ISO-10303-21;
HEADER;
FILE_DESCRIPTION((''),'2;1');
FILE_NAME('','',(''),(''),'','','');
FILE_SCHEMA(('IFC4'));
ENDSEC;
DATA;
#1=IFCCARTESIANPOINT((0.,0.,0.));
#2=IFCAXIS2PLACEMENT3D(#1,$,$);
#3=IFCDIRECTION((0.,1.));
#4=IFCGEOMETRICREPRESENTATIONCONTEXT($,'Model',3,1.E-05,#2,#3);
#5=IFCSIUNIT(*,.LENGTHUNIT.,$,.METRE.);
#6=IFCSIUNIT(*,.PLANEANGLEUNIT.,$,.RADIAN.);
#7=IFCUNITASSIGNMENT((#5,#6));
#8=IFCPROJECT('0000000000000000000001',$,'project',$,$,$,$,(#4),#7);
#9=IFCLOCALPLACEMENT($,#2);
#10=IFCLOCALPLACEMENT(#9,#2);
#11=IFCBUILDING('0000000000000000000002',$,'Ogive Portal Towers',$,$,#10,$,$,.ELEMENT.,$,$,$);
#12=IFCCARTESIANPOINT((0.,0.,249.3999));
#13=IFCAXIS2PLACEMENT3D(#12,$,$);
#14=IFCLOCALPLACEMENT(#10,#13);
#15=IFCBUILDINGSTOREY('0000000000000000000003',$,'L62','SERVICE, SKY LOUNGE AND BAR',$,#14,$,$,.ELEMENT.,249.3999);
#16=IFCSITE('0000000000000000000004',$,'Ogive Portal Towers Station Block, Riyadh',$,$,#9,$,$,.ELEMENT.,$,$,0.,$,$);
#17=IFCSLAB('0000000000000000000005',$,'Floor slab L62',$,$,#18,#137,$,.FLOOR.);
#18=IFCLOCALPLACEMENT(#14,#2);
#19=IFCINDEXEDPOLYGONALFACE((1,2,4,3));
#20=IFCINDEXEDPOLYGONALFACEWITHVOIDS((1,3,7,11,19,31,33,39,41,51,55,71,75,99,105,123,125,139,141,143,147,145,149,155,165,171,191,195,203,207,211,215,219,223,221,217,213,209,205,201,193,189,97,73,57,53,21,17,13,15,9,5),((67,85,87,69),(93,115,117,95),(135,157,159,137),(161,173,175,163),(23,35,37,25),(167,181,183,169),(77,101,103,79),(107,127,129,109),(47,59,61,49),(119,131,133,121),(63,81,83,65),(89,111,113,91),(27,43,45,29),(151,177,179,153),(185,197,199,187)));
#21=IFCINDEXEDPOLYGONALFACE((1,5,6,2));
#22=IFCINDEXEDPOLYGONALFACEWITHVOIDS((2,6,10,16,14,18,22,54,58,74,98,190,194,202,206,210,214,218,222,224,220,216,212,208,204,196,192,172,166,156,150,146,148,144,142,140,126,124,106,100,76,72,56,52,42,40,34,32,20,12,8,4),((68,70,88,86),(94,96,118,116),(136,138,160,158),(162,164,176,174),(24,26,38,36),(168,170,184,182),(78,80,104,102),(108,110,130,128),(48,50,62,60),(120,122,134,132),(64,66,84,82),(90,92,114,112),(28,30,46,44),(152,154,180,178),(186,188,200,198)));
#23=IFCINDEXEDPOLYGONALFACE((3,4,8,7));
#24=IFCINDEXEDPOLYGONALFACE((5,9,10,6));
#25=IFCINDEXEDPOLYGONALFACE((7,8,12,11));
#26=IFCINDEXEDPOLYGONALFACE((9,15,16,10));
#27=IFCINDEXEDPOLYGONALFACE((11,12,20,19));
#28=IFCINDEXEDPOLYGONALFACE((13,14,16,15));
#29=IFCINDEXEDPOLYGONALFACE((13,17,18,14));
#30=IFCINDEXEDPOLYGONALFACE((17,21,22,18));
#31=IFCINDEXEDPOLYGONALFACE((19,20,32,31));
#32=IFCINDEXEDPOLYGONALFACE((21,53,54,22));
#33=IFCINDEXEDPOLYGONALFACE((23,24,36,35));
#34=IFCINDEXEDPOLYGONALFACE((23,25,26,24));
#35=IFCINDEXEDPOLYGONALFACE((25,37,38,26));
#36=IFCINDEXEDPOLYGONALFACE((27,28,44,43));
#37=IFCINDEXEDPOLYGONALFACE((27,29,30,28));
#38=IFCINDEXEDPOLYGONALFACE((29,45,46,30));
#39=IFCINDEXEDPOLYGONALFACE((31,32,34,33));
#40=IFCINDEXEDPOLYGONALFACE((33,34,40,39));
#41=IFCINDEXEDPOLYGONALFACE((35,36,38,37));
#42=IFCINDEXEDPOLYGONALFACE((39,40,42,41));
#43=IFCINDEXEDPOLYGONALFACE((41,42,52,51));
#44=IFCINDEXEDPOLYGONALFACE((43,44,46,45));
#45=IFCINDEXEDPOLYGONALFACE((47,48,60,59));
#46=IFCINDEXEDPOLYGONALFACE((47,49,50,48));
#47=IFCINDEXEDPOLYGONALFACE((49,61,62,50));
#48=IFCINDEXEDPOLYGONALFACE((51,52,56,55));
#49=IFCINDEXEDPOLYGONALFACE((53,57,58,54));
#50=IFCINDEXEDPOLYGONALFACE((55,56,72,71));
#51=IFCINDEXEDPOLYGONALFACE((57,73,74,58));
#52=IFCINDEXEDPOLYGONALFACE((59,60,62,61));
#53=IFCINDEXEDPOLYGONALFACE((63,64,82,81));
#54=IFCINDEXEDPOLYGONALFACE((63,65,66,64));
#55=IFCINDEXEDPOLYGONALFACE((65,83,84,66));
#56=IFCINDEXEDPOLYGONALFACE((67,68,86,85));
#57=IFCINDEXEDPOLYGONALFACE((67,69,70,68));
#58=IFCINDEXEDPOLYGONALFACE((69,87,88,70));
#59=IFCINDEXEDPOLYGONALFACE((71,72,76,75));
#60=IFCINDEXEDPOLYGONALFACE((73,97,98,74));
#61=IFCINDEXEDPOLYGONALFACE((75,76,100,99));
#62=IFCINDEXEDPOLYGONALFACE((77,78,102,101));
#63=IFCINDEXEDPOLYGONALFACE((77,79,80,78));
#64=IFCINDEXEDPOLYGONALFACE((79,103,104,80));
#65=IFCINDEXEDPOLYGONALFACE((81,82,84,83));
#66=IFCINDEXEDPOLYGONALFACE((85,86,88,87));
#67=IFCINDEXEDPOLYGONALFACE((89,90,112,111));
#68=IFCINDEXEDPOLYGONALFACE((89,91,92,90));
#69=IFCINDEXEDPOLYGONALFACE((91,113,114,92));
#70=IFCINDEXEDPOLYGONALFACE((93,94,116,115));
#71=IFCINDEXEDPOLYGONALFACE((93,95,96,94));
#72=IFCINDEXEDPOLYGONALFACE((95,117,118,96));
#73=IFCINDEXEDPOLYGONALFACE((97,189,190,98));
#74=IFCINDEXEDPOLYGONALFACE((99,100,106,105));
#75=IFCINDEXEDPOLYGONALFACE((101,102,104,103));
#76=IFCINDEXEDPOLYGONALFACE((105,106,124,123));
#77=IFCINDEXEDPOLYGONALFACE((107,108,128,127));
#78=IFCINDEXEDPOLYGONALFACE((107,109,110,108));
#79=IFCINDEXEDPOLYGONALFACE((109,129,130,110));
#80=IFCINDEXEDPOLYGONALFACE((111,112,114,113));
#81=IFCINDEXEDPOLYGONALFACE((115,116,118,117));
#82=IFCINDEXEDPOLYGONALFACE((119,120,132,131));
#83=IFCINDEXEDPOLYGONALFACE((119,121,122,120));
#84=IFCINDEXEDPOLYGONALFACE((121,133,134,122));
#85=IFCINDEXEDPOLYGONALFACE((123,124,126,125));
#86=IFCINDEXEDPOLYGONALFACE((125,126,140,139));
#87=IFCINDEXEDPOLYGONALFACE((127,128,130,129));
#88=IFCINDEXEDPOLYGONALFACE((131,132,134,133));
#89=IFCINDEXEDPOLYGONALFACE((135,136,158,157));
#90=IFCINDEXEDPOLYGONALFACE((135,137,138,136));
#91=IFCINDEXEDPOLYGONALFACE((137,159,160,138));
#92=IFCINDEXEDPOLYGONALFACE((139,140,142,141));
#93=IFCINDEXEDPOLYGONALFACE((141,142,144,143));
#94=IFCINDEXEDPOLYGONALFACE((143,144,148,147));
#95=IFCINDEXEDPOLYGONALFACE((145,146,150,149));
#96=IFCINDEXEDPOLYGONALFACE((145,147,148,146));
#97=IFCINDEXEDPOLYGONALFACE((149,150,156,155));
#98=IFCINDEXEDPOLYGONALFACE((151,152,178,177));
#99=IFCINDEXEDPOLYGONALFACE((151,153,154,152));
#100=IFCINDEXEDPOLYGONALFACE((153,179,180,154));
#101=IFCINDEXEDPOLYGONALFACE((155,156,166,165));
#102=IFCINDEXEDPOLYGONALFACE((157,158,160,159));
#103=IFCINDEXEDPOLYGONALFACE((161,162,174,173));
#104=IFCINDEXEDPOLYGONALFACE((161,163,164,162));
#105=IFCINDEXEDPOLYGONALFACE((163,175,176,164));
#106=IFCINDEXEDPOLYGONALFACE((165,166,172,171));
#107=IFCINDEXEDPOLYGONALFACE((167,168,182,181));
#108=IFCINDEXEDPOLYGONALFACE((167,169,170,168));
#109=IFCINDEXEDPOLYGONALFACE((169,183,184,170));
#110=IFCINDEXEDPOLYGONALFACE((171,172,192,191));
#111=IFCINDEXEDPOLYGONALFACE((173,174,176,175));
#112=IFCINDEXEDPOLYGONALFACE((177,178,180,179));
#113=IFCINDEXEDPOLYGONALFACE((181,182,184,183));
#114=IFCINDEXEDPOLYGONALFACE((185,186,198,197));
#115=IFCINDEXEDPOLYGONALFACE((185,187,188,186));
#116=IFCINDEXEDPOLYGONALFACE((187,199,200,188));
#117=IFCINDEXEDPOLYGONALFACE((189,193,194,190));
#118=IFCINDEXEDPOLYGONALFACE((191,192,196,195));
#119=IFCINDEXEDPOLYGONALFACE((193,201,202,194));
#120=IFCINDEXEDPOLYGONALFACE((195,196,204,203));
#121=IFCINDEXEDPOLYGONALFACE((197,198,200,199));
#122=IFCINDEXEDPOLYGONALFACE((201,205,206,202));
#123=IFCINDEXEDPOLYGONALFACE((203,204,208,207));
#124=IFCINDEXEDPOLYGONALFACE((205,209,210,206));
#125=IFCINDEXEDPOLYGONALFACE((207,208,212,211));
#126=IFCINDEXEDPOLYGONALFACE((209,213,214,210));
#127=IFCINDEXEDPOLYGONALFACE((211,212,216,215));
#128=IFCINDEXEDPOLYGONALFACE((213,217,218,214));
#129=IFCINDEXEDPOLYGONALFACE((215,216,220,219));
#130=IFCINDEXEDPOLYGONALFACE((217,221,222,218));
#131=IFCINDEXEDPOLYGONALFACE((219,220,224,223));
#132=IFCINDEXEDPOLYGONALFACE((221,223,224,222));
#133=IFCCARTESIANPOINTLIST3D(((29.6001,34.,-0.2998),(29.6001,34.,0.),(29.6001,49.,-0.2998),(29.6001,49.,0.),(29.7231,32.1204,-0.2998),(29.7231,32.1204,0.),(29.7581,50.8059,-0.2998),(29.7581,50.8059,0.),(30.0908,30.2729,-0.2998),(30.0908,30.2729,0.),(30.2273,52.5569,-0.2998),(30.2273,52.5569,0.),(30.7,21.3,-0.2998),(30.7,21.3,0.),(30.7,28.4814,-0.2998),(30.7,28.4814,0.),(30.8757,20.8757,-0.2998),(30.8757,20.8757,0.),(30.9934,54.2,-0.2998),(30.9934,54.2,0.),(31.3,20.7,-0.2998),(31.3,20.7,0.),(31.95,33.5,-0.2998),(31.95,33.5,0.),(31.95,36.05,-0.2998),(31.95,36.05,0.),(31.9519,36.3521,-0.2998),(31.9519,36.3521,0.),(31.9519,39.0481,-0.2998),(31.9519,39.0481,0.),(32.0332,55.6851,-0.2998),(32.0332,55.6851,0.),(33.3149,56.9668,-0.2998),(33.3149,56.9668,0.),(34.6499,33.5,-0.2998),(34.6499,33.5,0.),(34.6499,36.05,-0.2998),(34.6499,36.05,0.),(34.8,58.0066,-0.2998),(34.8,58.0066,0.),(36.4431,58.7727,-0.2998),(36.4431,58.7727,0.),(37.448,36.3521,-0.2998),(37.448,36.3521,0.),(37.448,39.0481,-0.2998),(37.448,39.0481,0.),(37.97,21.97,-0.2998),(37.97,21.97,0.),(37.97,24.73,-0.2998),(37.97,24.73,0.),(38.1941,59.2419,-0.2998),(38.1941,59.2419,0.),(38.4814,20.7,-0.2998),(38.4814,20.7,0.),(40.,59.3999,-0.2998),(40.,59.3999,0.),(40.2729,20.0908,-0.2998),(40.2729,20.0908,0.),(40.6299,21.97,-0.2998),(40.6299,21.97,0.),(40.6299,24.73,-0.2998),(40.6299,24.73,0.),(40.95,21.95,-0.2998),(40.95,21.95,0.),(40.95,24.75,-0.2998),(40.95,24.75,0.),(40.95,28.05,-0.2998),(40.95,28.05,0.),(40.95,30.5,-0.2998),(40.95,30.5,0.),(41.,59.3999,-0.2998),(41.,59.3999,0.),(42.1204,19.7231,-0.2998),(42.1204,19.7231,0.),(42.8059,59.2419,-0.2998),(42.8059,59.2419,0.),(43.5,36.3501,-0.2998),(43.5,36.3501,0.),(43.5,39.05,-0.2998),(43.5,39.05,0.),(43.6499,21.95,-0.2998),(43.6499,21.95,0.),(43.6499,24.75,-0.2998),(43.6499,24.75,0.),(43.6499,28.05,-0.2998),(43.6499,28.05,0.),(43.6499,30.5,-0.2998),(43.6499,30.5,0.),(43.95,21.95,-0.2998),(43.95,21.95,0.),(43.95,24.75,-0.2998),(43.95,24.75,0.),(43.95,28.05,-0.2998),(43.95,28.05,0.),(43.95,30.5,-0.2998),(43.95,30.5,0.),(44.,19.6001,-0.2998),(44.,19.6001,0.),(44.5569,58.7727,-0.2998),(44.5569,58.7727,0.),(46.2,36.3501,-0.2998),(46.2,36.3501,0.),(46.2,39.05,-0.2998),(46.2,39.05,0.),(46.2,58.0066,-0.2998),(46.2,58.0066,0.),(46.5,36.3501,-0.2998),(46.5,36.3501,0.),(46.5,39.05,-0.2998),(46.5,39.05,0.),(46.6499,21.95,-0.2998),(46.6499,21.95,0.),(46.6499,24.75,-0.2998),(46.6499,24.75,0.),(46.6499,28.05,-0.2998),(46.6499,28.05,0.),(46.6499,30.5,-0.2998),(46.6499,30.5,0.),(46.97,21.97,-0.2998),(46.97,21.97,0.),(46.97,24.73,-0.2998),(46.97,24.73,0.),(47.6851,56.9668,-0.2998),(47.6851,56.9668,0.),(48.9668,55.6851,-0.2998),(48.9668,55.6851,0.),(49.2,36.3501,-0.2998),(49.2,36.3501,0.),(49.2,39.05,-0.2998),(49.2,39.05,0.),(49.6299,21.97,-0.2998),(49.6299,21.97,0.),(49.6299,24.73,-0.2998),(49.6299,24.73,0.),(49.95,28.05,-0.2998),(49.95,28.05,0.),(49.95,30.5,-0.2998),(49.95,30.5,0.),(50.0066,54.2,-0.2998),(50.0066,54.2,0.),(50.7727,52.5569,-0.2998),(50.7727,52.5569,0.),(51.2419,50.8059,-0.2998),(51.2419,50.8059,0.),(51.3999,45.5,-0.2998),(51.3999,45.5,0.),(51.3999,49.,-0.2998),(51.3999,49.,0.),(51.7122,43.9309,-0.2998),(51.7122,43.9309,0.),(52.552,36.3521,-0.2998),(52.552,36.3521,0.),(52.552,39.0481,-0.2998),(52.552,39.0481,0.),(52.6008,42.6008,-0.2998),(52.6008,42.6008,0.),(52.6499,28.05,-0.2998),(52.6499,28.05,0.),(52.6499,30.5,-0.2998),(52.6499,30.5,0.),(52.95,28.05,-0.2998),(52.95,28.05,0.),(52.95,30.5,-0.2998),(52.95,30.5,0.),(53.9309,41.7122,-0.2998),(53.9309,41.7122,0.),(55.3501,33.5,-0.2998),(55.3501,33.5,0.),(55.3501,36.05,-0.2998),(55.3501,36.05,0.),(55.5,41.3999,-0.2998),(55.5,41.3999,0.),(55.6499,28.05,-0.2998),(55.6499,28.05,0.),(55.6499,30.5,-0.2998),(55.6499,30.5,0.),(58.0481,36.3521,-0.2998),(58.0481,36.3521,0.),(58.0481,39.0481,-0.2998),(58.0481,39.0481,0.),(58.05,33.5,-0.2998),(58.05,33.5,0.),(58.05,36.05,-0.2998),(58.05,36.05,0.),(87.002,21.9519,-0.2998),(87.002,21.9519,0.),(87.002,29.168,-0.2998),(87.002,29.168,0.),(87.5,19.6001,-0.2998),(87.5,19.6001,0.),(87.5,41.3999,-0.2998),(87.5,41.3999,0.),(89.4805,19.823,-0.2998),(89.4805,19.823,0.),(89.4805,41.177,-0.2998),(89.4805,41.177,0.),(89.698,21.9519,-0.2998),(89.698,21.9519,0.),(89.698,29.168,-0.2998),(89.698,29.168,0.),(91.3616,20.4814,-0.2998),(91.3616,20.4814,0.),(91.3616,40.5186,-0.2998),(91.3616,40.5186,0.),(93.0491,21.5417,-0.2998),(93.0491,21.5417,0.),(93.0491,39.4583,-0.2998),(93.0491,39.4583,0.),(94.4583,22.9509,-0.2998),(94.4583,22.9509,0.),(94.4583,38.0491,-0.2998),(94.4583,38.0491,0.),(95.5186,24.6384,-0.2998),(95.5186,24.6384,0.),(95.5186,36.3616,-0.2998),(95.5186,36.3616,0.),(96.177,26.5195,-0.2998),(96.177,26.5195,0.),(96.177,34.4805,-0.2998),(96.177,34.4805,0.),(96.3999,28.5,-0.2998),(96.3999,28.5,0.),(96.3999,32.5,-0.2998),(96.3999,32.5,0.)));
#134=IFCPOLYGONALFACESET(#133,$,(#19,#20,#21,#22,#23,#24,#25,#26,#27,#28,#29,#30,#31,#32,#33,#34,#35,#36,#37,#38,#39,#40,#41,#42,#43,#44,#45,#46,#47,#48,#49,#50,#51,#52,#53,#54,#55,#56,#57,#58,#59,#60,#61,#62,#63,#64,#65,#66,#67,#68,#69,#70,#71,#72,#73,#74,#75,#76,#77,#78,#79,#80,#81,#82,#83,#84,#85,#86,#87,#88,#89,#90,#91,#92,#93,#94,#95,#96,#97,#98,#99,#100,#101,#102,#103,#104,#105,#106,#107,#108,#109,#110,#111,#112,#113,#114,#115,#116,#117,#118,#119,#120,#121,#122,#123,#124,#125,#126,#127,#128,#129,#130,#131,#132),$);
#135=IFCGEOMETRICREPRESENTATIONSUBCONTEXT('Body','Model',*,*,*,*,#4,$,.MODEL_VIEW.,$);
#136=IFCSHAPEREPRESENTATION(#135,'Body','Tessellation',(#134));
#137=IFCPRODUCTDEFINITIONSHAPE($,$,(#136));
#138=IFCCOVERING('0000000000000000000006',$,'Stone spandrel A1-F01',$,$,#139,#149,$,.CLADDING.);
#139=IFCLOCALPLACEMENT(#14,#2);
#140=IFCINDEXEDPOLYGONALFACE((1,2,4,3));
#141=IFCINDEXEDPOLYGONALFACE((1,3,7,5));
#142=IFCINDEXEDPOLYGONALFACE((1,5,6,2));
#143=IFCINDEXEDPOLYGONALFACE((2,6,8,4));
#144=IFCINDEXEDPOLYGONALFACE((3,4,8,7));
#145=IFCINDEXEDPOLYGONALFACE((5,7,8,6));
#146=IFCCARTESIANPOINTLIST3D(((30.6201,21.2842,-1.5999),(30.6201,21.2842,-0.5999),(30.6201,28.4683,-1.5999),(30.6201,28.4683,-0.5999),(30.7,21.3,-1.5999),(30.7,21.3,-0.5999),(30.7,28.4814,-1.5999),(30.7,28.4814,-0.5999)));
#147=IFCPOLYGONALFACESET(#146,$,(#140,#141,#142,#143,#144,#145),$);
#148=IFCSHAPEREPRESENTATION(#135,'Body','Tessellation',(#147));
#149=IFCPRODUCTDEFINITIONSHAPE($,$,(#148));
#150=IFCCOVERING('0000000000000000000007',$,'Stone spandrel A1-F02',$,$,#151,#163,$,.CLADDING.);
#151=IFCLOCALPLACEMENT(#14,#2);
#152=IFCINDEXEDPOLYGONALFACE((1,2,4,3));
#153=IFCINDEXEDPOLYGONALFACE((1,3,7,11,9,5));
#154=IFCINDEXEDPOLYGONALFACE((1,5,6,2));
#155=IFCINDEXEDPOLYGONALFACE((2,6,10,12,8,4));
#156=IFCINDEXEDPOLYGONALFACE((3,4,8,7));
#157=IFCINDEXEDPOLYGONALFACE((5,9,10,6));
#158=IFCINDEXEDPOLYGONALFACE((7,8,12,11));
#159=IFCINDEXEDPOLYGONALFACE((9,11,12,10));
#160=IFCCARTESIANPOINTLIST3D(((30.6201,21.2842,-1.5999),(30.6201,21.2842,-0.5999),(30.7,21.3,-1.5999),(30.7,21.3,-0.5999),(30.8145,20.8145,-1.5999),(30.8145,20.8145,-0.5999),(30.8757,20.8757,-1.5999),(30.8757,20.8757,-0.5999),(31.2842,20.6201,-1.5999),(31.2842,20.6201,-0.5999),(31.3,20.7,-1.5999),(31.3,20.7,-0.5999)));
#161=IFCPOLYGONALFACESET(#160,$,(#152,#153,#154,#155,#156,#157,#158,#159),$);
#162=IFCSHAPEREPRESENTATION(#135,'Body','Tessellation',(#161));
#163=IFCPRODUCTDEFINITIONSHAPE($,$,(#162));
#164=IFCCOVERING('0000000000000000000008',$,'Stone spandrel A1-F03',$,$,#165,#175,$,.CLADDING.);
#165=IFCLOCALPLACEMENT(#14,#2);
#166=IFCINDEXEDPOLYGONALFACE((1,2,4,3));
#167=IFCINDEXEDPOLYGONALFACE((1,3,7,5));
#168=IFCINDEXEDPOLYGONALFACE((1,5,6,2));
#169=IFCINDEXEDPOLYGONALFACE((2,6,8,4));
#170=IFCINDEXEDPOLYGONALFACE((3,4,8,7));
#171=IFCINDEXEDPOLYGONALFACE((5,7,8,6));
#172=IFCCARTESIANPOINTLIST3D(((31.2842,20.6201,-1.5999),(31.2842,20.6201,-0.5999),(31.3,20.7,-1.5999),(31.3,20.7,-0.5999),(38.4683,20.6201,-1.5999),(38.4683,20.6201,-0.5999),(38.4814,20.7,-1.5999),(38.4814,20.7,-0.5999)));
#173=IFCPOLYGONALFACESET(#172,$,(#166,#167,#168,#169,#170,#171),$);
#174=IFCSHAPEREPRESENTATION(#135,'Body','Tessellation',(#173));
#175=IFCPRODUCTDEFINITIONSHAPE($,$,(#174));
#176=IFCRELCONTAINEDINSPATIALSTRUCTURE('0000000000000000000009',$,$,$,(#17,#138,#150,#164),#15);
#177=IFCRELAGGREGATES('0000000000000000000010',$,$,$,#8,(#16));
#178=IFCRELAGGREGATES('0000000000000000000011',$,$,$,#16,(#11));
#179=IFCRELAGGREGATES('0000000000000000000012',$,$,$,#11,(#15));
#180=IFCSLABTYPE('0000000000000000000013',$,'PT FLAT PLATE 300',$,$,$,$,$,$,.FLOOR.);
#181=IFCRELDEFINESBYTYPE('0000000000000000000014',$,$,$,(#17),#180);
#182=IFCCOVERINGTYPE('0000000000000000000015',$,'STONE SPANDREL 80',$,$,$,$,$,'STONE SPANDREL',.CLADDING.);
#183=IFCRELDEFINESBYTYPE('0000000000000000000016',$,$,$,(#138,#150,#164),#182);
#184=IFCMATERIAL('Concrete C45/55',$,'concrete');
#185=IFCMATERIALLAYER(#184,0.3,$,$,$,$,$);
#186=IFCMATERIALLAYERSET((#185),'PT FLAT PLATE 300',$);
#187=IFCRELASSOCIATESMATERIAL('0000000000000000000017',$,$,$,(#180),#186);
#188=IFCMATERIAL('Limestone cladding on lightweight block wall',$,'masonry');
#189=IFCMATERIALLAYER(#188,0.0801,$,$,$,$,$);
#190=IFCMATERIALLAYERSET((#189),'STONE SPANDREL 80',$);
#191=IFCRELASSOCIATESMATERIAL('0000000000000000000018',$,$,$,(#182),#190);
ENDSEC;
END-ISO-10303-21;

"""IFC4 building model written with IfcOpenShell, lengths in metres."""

from ifc_helpers import new_model, si_unit, direction, frame, origin, place, context, subcontext, project, spatial, polyline, outline, extrude, material, layer, layer_set, type_object, element, save


model = new_model("IFC4")

# Units and contexts
model_context = context("Model", 3, precision=1e-05, world=origin(), true_north=direction((0.0, 1.0)))
body_context = subcontext(model_context, "Body", "Model", "MODEL_VIEW")
ifc_project = project(units=[si_unit("LENGTHUNIT", "METRE"), si_unit("PLANEANGLEUNIT", "RADIAN")], contexts=[model_context])

# Site, building, storey
site_placement = place(None, origin())
site = spatial("IfcSite", under=ifc_project, at=site_placement, Name="Ogive Portal Towers Station Block, Riyadh", CompositionType="ELEMENT", RefElevation=0.0)
building_placement = place(site_placement, origin())
building = spatial("IfcBuilding", under=site, at=building_placement, Name="Ogive Portal Towers", CompositionType="ELEMENT")
storey_placement = place(building_placement, frame((0.0, 0.0, 249.3999)))
storey = spatial("IfcBuildingStorey", under=building, at=storey_placement, Name="L62", Description="SERVICE, SKY LOUNGE AND BAR", CompositionType="ELEMENT", Elevation=249.3999)

# Slab
ifc_material_1 = material(Name="Concrete C45/55", Category="concrete")
ifc_layer_1 = layer(ifc_material_1, 0.3)
ifc_layer_set_1 = layer_set([ifc_layer_1], Name="PT FLAT PLATE 300")
slab_type = type_object("IfcSlabType", Name="PT FLAT PLATE 300", PredefinedType="FLOOR", material=ifc_layer_set_1)
slab_placement = place(storey_placement, frame((0.0, 0.0, -0.2998)))
element("IfcSlab", 1, at=slab_placement, inside=storey, type_object=slab_type, Name="Floor slab L62", PredefinedType="FLOOR", context=body_context, shape_type="SweptSolid", body=[
    extrude(outline(polyline([(29.7231, 32.1204), (30.0908, 30.2729), (30.7, 28.4814), (30.7, 21.3), (30.8757, 20.8757), (31.3, 20.7), (38.4814, 20.7), (40.2729, 20.0908), (42.1204, 19.7231), (44.0, 19.6001), (87.5, 19.6001), (89.4805, 19.823), (91.3616, 20.4814), (93.0491, 21.5417), (94.4583, 22.9509), (95.5186, 24.6384), (96.177, 26.5195), (96.3999, 28.5), (96.3999, 32.5), (96.177, 34.4805), (95.5186, 36.3616), (94.4583, 38.0491), (93.0491, 39.4583), (91.3616, 40.5186), (89.4805, 41.177), (87.5, 41.3999), (55.5, 41.3999), (53.9309, 41.7122), (52.6008, 42.6008), (51.7122, 43.9309), (51.3999, 45.5), (51.3999, 49.0), (51.2419, 50.8059), (50.7727, 52.5569), (50.0066, 54.2), (48.9668, 55.6851), (47.6851, 56.9668), (46.2, 58.0066), (44.5569, 58.7727), (42.8059, 59.2419), (41.0, 59.3999), (40.0, 59.3999), (38.1941, 59.2419), (36.4431, 58.7727), (34.8, 58.0066), (33.3149, 56.9668), (32.0332, 55.6851), (30.9934, 54.2), (30.2273, 52.5569), (29.7581, 50.8059), (29.6001, 49.0), (29.6001, 34.0), (29.7231, 32.1204)]), holes=[polyline([(40.6299, 24.73), (40.6299, 21.97), (37.97, 21.97), (37.97, 24.73), (40.6299, 24.73)]), polyline([(43.6499, 24.75), (43.6499, 21.95), (40.95, 21.95), (40.95, 24.75), (43.6499, 24.75)]), polyline([(46.6499, 24.75), (46.6499, 21.95), (43.95, 21.95), (43.95, 24.75), (46.6499, 24.75)]), polyline([(43.6499, 30.5), (43.6499, 28.05), (40.95, 28.05), (40.95, 30.5), (43.6499, 30.5)]), polyline([(46.6499, 30.5), (46.6499, 28.05), (43.95, 28.05), (43.95, 30.5), (46.6499, 30.5)]), polyline([(34.6499, 36.05), (34.6499, 33.5), (31.95, 33.5), (31.95, 36.05), (34.6499, 36.05)]), polyline([(31.9519, 39.0481), (37.448, 39.0481), (37.448, 36.3521), (31.9519, 36.3521), (31.9519, 39.0481)]), polyline([(46.2, 39.05), (46.2, 36.3501), (43.5, 36.3501), (43.5, 39.05), (46.2, 39.05)]), polyline([(49.6299, 21.97), (46.97, 21.97), (46.97, 24.73), (49.6299, 24.73), (49.6299, 21.97)]), polyline([(87.002, 21.9519), (87.002, 29.168), (89.698, 29.168), (89.698, 21.9519), (87.002, 21.9519)]), polyline([(52.6499, 30.5), (52.6499, 28.05), (49.95, 28.05), (49.95, 30.5), (52.6499, 30.5)]), polyline([(55.6499, 30.5), (55.6499, 28.05), (52.95, 28.05), (52.95, 30.5), (55.6499, 30.5)]), polyline([(58.05, 36.05), (58.05, 33.5), (55.3501, 33.5), (55.3501, 36.05), (58.05, 36.05)]), polyline([(49.2, 39.05), (49.2, 36.3501), (46.5, 36.3501), (46.5, 39.05), (49.2, 39.05)]), polyline([(58.0481, 36.3521), (52.552, 36.3521), (52.552, 39.0481), (58.0481, 39.0481), (58.0481, 36.3521)])]), origin(), (0.0, 0.0, 1.0), 0.2998),
])

# Coverings
ifc_material_2 = material(Name="Limestone cladding on lightweight block wall", Category="masonry")
ifc_layer_2 = layer(ifc_material_2, 0.0801)
ifc_layer_set_2 = layer_set([ifc_layer_2], Name="STONE SPANDREL 80")
covering_type_1 = type_object("IfcCoveringType", Name="STONE SPANDREL 80", ElementType="STONE SPANDREL", PredefinedType="CLADDING", material=ifc_layer_set_2)
covering_1_placement = place(storey_placement, frame((0.0, 0.0, -1.5999)))
element("IfcCovering", 2, at=covering_1_placement, inside=storey, type_object=covering_type_1, Name="Stone spandrel A1-F01", PredefinedType="CLADDING", context=body_context, shape_type="SweptSolid", body=[
    extrude(outline(polyline([(30.7, 28.4814), (30.7, 21.3), (30.6201, 21.2842), (30.6201, 28.4683), (30.7, 28.4814)])), origin(), (0.0, 0.0, 1.0), 1.0),
])
covering_2_placement = place(storey_placement, frame((0.0, 0.0, -1.5999)))
element("IfcCovering", 3, at=covering_2_placement, inside=storey, type_object=covering_type_1, Name="Stone spandrel A1-F02", PredefinedType="CLADDING", context=body_context, shape_type="SweptSolid", body=[
    extrude(outline(polyline([(30.7, 21.3), (30.8757, 20.8757), (31.3, 20.7), (31.2842, 20.6201), (30.8145, 20.8145), (30.6201, 21.2842), (30.7, 21.3)])), origin(), (0.0, 0.0, 1.0), 1.0),
])
covering_3_placement = place(storey_placement, frame((0.0, 0.0, -1.5999)))
element("IfcCovering", 4, at=covering_3_placement, inside=storey, type_object=covering_type_1, Name="Stone spandrel A1-F03", PredefinedType="CLADDING", context=body_context, shape_type="SweptSolid", body=[
    extrude(outline(polyline([(31.3, 20.7), (38.4814, 20.7), (38.4683, 20.6201), (31.2842, 20.6201), (31.3, 20.7)])), origin(), (0.0, 0.0, 1.0), 1.0),
])

save(model, "model.ifc")
